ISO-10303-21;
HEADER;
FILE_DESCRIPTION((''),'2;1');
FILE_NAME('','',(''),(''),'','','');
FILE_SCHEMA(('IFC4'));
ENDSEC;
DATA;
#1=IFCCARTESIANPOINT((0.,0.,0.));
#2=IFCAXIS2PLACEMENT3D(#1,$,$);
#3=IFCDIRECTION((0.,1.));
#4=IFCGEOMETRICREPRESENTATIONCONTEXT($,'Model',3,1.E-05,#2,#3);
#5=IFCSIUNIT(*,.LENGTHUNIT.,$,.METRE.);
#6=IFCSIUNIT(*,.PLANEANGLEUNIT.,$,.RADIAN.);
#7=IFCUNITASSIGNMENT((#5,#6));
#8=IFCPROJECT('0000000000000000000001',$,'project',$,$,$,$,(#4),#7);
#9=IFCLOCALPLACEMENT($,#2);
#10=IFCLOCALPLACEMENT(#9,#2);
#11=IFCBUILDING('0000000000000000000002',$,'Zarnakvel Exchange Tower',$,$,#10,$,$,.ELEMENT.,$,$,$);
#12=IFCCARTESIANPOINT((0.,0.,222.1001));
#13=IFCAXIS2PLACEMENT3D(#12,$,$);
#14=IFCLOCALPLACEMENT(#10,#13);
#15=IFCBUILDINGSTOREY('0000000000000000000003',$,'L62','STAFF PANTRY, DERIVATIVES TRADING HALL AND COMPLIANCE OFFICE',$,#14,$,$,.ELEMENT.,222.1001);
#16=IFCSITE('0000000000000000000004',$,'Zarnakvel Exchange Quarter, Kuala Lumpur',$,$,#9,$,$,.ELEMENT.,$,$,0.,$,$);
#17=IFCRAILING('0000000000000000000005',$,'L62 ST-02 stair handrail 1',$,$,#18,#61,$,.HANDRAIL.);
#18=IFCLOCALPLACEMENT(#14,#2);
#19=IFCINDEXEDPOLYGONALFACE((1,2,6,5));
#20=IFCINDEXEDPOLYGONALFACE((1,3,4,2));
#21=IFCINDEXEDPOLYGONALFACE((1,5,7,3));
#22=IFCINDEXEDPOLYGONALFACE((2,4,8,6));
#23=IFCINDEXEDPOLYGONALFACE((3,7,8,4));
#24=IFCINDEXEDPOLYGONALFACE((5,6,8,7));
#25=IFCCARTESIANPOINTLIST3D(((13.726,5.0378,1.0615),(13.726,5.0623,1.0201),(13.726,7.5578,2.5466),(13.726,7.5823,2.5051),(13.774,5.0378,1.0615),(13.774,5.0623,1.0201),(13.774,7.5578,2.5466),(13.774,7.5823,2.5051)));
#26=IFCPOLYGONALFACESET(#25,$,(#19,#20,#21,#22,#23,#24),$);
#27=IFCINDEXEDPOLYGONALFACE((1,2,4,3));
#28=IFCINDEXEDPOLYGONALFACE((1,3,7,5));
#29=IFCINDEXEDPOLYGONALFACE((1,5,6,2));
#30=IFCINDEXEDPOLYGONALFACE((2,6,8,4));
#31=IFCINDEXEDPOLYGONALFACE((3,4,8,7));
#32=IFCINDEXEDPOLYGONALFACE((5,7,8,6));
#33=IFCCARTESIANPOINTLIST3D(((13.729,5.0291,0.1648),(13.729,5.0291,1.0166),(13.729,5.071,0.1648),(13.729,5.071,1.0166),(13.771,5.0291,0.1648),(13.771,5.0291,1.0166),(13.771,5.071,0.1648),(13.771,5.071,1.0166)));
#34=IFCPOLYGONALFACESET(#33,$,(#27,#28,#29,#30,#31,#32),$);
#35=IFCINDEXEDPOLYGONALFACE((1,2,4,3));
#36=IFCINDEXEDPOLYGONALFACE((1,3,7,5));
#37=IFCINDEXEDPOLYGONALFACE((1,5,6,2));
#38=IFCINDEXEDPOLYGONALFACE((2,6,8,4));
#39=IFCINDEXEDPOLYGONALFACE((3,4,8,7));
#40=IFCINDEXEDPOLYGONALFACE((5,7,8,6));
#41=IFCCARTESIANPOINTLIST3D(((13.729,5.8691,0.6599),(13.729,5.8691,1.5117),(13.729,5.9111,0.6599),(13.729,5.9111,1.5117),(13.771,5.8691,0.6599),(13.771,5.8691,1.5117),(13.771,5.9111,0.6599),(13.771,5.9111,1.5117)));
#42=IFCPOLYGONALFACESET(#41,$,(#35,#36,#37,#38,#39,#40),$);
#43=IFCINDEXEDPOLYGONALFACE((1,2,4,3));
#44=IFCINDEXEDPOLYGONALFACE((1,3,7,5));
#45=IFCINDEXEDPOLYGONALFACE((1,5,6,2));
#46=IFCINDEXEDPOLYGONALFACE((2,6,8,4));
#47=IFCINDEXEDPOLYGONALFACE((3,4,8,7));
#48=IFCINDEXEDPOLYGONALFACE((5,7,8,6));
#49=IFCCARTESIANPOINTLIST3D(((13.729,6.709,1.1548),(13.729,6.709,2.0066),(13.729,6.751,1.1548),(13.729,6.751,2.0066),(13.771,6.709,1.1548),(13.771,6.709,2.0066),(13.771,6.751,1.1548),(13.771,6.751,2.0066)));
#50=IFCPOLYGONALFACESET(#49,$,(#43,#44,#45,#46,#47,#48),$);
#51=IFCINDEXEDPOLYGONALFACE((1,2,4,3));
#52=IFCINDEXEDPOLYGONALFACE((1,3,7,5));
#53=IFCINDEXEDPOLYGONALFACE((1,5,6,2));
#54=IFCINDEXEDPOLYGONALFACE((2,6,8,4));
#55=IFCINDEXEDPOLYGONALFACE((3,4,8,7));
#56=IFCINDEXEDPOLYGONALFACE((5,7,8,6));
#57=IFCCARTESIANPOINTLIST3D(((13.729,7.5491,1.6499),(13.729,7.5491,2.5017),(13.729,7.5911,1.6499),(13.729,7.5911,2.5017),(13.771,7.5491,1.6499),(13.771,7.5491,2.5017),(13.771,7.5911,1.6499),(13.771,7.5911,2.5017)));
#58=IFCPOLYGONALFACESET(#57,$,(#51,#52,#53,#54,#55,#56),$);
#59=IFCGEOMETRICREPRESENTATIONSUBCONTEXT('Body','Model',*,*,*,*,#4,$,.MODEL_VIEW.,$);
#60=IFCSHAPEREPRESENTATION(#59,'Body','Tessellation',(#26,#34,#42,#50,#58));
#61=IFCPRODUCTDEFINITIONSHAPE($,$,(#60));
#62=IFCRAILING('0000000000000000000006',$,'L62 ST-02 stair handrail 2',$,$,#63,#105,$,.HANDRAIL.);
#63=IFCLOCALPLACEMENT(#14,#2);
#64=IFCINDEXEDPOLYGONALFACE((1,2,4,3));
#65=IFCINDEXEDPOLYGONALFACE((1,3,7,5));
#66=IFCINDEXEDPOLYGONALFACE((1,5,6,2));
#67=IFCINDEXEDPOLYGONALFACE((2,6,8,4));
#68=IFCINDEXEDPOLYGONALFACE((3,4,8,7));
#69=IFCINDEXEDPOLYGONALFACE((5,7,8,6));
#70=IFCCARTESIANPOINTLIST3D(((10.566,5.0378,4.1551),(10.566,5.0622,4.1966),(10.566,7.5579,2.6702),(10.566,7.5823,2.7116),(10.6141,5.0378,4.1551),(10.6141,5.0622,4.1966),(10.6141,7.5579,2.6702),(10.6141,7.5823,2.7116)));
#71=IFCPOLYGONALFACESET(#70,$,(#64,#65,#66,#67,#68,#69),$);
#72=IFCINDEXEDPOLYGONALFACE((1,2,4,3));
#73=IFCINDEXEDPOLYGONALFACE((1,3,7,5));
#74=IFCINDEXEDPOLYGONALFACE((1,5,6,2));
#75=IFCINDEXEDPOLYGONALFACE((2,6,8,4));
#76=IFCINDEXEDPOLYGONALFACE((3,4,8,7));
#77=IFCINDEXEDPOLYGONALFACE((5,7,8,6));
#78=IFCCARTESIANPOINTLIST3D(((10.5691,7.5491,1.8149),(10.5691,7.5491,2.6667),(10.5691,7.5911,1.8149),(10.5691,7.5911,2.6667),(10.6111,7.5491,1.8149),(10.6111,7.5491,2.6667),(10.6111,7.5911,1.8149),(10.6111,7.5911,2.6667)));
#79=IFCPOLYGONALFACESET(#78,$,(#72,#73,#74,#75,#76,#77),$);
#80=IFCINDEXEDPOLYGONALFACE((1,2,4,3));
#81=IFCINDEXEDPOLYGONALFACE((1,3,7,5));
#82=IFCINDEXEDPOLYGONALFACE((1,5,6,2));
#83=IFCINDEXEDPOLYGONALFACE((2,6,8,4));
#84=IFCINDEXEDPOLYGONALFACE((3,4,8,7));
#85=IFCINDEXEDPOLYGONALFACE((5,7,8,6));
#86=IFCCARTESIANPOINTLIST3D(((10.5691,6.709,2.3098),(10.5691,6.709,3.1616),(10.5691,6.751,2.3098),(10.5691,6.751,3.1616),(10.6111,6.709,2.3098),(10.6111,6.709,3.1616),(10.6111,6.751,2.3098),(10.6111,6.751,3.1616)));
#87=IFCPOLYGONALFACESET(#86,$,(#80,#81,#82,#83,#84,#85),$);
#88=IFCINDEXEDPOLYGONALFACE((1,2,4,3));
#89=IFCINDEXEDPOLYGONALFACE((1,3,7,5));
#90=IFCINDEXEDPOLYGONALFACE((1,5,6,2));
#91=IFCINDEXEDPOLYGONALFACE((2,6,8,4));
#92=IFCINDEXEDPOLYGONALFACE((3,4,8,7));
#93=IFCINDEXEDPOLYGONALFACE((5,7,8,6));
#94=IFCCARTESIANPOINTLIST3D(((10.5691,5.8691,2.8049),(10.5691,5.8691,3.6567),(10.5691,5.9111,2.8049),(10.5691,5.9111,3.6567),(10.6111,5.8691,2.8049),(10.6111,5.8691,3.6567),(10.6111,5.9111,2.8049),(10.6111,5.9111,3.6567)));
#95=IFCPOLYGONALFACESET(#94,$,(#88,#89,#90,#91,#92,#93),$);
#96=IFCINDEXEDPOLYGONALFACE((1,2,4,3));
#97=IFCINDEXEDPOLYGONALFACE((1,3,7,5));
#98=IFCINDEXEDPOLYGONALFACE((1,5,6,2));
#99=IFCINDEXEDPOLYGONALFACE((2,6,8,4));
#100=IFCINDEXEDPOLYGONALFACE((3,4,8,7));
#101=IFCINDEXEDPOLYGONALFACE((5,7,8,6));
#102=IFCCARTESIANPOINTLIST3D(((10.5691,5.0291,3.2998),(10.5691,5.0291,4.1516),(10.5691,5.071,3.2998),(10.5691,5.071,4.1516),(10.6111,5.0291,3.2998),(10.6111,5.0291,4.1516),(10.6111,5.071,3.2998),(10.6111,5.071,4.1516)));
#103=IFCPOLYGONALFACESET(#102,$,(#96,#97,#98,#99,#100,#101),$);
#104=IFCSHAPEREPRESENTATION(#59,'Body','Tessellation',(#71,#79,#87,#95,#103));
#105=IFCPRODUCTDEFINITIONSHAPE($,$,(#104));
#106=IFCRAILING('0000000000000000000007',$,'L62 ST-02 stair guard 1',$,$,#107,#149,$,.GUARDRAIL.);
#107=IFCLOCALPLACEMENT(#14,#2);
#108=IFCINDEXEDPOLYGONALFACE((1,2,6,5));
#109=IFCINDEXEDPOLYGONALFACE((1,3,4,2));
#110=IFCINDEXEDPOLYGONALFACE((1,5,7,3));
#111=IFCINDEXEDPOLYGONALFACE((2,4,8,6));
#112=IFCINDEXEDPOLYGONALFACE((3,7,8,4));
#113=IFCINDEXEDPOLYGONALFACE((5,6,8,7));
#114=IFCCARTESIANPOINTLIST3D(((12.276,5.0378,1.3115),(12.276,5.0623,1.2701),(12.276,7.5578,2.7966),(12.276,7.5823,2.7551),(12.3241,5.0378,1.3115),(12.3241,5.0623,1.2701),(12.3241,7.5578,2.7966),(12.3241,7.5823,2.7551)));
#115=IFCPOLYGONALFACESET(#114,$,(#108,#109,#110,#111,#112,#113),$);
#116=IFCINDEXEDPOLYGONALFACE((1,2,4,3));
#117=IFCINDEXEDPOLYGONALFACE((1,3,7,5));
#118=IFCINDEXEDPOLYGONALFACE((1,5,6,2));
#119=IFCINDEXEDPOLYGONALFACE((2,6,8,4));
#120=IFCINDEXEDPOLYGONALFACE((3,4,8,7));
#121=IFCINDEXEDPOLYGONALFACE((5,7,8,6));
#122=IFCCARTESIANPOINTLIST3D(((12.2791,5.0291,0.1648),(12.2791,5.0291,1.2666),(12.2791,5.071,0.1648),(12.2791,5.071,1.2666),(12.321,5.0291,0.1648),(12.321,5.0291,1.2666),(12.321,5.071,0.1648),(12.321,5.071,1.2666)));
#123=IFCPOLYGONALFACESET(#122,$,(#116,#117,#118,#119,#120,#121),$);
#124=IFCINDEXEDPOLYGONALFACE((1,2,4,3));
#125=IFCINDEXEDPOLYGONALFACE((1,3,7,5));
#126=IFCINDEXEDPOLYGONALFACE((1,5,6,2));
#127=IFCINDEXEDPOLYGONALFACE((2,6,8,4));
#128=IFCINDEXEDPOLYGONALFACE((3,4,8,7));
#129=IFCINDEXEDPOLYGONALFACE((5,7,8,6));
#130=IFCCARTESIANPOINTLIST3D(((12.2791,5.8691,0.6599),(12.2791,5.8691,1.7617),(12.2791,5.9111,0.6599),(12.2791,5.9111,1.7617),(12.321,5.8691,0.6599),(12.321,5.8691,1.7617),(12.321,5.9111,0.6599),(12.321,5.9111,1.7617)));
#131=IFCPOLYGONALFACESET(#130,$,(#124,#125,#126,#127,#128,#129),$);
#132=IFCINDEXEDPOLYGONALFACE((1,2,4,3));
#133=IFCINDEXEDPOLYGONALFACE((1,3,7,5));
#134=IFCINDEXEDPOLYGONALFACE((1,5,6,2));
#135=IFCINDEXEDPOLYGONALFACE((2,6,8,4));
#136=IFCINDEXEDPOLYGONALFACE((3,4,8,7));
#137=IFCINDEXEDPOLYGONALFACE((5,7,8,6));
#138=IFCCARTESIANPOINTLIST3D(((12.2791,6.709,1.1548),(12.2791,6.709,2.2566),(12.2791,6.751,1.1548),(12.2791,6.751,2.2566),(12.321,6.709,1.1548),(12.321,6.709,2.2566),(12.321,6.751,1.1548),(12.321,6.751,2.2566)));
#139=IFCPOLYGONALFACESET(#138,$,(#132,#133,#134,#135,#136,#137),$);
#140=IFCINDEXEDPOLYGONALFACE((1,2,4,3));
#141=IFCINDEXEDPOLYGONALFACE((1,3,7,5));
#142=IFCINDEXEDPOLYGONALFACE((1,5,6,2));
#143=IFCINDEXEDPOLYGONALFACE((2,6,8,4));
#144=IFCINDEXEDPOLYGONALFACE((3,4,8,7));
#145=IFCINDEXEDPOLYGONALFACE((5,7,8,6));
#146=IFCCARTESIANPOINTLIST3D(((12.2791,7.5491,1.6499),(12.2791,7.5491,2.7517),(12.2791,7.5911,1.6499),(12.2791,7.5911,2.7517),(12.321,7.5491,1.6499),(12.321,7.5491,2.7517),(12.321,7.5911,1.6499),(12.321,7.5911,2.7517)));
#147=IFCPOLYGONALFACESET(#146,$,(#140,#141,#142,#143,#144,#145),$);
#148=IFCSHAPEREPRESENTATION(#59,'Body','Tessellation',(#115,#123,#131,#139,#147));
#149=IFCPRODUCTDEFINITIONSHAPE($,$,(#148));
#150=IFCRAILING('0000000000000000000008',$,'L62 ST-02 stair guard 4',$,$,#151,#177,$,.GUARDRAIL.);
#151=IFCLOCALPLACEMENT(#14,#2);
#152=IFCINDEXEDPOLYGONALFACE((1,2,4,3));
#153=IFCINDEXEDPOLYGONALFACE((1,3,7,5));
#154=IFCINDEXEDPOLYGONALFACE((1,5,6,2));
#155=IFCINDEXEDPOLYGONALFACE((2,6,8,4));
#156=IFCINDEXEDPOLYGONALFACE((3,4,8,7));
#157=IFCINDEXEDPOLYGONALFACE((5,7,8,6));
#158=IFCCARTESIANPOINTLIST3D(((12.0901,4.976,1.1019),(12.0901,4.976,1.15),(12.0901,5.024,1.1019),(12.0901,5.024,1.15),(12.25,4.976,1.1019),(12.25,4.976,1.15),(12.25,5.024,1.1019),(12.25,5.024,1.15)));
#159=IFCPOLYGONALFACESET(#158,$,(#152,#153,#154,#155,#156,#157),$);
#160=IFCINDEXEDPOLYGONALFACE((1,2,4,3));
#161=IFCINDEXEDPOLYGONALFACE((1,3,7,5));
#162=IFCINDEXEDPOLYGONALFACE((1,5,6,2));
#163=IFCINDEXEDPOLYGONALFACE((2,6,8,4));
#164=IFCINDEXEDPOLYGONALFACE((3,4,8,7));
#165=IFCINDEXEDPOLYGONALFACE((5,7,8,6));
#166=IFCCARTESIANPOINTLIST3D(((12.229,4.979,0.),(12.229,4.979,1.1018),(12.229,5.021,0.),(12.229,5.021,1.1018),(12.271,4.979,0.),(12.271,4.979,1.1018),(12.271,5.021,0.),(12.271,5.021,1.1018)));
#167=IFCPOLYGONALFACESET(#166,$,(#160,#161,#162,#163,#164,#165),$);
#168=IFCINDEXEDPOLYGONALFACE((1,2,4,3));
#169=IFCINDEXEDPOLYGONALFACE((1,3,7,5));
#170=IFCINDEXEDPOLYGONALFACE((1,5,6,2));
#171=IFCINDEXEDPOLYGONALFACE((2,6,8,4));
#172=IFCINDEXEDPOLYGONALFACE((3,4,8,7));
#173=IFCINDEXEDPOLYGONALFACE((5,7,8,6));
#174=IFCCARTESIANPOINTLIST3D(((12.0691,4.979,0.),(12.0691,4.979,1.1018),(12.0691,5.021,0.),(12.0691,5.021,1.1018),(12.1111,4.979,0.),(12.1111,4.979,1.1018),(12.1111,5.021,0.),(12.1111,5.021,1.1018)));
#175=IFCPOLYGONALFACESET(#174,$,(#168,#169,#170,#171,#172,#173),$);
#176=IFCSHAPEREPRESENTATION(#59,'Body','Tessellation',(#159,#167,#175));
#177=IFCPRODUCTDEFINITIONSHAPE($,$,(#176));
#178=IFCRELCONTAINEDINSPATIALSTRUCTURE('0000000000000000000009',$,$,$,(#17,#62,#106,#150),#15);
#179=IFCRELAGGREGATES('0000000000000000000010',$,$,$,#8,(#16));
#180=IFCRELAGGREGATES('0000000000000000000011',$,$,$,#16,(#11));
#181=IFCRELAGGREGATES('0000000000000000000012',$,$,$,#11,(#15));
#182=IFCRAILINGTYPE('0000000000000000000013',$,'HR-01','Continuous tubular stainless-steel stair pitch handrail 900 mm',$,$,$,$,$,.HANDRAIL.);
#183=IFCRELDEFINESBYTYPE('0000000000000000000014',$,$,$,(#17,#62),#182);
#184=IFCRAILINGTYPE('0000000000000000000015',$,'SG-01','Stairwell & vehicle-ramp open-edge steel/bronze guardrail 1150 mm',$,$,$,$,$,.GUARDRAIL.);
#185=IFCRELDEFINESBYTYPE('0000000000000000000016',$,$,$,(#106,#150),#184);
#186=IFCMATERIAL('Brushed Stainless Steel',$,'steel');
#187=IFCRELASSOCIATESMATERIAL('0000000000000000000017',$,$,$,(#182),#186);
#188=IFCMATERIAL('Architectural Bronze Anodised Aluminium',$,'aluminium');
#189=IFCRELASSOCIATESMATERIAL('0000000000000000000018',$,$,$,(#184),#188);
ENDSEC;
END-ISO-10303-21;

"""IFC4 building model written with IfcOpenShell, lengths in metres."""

from ifc_helpers import new_model, si_unit, direction, frame, origin, origin_2d, place, context, subcontext, project, spatial, rectangle, extrude, material, type_object, element, save


model = new_model("IFC4")

# Units and contexts
model_context = context("Model", 3, precision=1e-05, world=origin(), true_north=direction((0.0, 1.0)))
body_context = subcontext(model_context, "Body", "Model", "MODEL_VIEW")
ifc_project = project(units=[si_unit("LENGTHUNIT", "METRE"), si_unit("PLANEANGLEUNIT", "RADIAN")], contexts=[model_context])

# Site, building, storey
site_placement = place(None, origin())
site = spatial("IfcSite", under=ifc_project, at=site_placement, Name="Zarnakvel Exchange Quarter, Kuala Lumpur", CompositionType="ELEMENT", RefElevation=0.0)
building_placement = place(site_placement, origin())
building = spatial("IfcBuilding", under=site, at=building_placement, Name="Zarnakvel Exchange Tower", CompositionType="ELEMENT")
storey_placement = place(building_placement, frame((0.0, 0.0, 222.1001)))
storey = spatial("IfcBuildingStorey", under=building, at=storey_placement, Name="L62", Description="STAFF PANTRY, DERIVATIVES TRADING HALL AND COMPLIANCE OFFICE", CompositionType="ELEMENT", Elevation=222.1001)

# Shared definitions
ifc_material_1 = material(Name="Architectural Bronze Anodised Aluminium", Category="aluminium")

# Shared definitions
ifc_material_2 = material(Name="Brushed Stainless Steel", Category="steel")

# Railings
railing_type_1 = type_object("IfcRailingType", Name="HR-01", Description="Continuous tubular stainless-steel stair pitch handrail 900 mm", PredefinedType="HANDRAIL", material=ifc_material_2)
railing_1_placement = place(storey_placement, frame((13.75, 5.05, 0.1648)))
element("IfcRailing", 1, at=railing_1_placement, inside=storey, type_object=railing_type_1, Name="L62 ST-02 stair handrail 1", PredefinedType="HANDRAIL", context=body_context, shape_type="SweptSolid", body=[
    extrude(rectangle(XDim=0.0481, YDim=0.0481, at=origin_2d()), frame((0.0, 0.0, 0.876), z_axis=(0.0, 0.861524, 0.507717), x_axis=(-1.0, 0.0, 0.0)), (0.0, 0.0, 1.0), 2.925),
    extrude(rectangle(XDim=0.042, YDim=0.042, at=origin_2d()), origin(), (0.0, 0.0, 1.0), 0.8518),
    extrude(rectangle(XDim=0.042, YDim=0.042, at=origin_2d()), frame((0.0, 0.8401, 0.4951)), (0.0, 0.0, 1.0), 0.8518),
    extrude(rectangle(XDim=0.042, YDim=0.042, at=origin_2d()), frame((0.0, 1.6799, 0.99)), (0.0, 0.0, 1.0), 0.8518),
    extrude(rectangle(XDim=0.042, YDim=0.042, at=origin_2d()), frame((0.0, 2.52, 1.4851)), (0.0, 0.0, 1.0), 0.8518),
])
railing_2_placement = place(storey_placement, frame((10.5901, 7.5701, 1.8149)))
element("IfcRailing", 2, at=railing_2_placement, inside=storey, type_object=railing_type_1, Name="L62 ST-02 stair handrail 2", PredefinedType="HANDRAIL", context=body_context, shape_type="SweptSolid", body=[
    extrude(rectangle(XDim=0.0481, YDim=0.0481, at=origin_2d()), frame((0.0, 0.0, 0.876), z_axis=(0.0, -0.861561, 0.507655), x_axis=(1.0, 0.0, 0.0)), (0.0, 0.0, 1.0), 2.925),
    extrude(rectangle(XDim=0.042, YDim=0.042, at=origin_2d()), origin(), (0.0, 0.0, 1.0), 0.8518),
    extrude(rectangle(XDim=0.042, YDim=0.042, at=origin_2d()), frame((0.0, -0.8401, 0.4949)), (0.0, 0.0, 1.0), 0.8518),
    extrude(rectangle(XDim=0.042, YDim=0.042, at=origin_2d()), frame((0.0, -1.6799, 0.99)), (0.0, 0.0, 1.0), 0.8518),
    extrude(rectangle(XDim=0.042, YDim=0.042, at=origin_2d()), frame((0.0, -2.52, 1.4849)), (0.0, 0.0, 1.0), 0.8518),
])
railing_type_2 = type_object("IfcRailingType", Name="SG-01", Description="Stairwell & vehicle-ramp open-edge steel/bronze guardrail 1150 mm", PredefinedType="GUARDRAIL", material=ifc_material_1)
railing_3_placement = place(storey_placement, frame((12.3, 5.05, 0.1648)))
element("IfcRailing", 3, at=railing_3_placement, inside=storey, type_object=railing_type_2, Name="L62 ST-02 stair guard 1", PredefinedType="GUARDRAIL", context=body_context, shape_type="SweptSolid", body=[
    extrude(rectangle(XDim=0.0481, YDim=0.0481, at=origin_2d()), frame((0.0, 0.0, 1.126), z_axis=(0.0, 0.861524, 0.507717), x_axis=(-1.0, 0.0, 0.0)), (0.0, 0.0, 1.0), 2.925),
    extrude(rectangle(XDim=0.042, YDim=0.042, at=origin_2d()), origin(), (0.0, 0.0, 1.0), 1.1018),
    extrude(rectangle(XDim=0.042, YDim=0.042, at=origin_2d()), frame((0.0, 0.8401, 0.4951)), (0.0, 0.0, 1.0), 1.1018),
    extrude(rectangle(XDim=0.042, YDim=0.042, at=origin_2d()), frame((0.0, 1.6799, 0.99)), (0.0, 0.0, 1.0), 1.1018),
    extrude(rectangle(XDim=0.042, YDim=0.042, at=origin_2d()), frame((0.0, 2.52, 1.4851)), (0.0, 0.0, 1.0), 1.1018),
])
railing_4_placement = place(storey_placement, frame((12.25, 5.0, 0.0)))
element("IfcRailing", 4, at=railing_4_placement, inside=storey, type_object=railing_type_2, Name="L62 ST-02 stair guard 4", PredefinedType="GUARDRAIL", context=body_context, shape_type="SweptSolid", body=[
    extrude(rectangle(XDim=0.0481, YDim=0.0481, at=origin_2d()), frame((0.0, 0.0, 1.126), z_axis=(-1.0, 0.0, 0.0), x_axis=(0.0, -1.0, 0.0)), (0.0, 0.0, 1.0), 0.1599),
    extrude(rectangle(XDim=0.042, YDim=0.042, at=origin_2d()), origin(), (0.0, 0.0, 1.0), 1.1018),
    extrude(rectangle(XDim=0.042, YDim=0.042, at=origin_2d()), frame((-0.1599, 0.0, 0.0)), (0.0, 0.0, 1.0), 1.1018),
])

save(model, "model.ifc")
